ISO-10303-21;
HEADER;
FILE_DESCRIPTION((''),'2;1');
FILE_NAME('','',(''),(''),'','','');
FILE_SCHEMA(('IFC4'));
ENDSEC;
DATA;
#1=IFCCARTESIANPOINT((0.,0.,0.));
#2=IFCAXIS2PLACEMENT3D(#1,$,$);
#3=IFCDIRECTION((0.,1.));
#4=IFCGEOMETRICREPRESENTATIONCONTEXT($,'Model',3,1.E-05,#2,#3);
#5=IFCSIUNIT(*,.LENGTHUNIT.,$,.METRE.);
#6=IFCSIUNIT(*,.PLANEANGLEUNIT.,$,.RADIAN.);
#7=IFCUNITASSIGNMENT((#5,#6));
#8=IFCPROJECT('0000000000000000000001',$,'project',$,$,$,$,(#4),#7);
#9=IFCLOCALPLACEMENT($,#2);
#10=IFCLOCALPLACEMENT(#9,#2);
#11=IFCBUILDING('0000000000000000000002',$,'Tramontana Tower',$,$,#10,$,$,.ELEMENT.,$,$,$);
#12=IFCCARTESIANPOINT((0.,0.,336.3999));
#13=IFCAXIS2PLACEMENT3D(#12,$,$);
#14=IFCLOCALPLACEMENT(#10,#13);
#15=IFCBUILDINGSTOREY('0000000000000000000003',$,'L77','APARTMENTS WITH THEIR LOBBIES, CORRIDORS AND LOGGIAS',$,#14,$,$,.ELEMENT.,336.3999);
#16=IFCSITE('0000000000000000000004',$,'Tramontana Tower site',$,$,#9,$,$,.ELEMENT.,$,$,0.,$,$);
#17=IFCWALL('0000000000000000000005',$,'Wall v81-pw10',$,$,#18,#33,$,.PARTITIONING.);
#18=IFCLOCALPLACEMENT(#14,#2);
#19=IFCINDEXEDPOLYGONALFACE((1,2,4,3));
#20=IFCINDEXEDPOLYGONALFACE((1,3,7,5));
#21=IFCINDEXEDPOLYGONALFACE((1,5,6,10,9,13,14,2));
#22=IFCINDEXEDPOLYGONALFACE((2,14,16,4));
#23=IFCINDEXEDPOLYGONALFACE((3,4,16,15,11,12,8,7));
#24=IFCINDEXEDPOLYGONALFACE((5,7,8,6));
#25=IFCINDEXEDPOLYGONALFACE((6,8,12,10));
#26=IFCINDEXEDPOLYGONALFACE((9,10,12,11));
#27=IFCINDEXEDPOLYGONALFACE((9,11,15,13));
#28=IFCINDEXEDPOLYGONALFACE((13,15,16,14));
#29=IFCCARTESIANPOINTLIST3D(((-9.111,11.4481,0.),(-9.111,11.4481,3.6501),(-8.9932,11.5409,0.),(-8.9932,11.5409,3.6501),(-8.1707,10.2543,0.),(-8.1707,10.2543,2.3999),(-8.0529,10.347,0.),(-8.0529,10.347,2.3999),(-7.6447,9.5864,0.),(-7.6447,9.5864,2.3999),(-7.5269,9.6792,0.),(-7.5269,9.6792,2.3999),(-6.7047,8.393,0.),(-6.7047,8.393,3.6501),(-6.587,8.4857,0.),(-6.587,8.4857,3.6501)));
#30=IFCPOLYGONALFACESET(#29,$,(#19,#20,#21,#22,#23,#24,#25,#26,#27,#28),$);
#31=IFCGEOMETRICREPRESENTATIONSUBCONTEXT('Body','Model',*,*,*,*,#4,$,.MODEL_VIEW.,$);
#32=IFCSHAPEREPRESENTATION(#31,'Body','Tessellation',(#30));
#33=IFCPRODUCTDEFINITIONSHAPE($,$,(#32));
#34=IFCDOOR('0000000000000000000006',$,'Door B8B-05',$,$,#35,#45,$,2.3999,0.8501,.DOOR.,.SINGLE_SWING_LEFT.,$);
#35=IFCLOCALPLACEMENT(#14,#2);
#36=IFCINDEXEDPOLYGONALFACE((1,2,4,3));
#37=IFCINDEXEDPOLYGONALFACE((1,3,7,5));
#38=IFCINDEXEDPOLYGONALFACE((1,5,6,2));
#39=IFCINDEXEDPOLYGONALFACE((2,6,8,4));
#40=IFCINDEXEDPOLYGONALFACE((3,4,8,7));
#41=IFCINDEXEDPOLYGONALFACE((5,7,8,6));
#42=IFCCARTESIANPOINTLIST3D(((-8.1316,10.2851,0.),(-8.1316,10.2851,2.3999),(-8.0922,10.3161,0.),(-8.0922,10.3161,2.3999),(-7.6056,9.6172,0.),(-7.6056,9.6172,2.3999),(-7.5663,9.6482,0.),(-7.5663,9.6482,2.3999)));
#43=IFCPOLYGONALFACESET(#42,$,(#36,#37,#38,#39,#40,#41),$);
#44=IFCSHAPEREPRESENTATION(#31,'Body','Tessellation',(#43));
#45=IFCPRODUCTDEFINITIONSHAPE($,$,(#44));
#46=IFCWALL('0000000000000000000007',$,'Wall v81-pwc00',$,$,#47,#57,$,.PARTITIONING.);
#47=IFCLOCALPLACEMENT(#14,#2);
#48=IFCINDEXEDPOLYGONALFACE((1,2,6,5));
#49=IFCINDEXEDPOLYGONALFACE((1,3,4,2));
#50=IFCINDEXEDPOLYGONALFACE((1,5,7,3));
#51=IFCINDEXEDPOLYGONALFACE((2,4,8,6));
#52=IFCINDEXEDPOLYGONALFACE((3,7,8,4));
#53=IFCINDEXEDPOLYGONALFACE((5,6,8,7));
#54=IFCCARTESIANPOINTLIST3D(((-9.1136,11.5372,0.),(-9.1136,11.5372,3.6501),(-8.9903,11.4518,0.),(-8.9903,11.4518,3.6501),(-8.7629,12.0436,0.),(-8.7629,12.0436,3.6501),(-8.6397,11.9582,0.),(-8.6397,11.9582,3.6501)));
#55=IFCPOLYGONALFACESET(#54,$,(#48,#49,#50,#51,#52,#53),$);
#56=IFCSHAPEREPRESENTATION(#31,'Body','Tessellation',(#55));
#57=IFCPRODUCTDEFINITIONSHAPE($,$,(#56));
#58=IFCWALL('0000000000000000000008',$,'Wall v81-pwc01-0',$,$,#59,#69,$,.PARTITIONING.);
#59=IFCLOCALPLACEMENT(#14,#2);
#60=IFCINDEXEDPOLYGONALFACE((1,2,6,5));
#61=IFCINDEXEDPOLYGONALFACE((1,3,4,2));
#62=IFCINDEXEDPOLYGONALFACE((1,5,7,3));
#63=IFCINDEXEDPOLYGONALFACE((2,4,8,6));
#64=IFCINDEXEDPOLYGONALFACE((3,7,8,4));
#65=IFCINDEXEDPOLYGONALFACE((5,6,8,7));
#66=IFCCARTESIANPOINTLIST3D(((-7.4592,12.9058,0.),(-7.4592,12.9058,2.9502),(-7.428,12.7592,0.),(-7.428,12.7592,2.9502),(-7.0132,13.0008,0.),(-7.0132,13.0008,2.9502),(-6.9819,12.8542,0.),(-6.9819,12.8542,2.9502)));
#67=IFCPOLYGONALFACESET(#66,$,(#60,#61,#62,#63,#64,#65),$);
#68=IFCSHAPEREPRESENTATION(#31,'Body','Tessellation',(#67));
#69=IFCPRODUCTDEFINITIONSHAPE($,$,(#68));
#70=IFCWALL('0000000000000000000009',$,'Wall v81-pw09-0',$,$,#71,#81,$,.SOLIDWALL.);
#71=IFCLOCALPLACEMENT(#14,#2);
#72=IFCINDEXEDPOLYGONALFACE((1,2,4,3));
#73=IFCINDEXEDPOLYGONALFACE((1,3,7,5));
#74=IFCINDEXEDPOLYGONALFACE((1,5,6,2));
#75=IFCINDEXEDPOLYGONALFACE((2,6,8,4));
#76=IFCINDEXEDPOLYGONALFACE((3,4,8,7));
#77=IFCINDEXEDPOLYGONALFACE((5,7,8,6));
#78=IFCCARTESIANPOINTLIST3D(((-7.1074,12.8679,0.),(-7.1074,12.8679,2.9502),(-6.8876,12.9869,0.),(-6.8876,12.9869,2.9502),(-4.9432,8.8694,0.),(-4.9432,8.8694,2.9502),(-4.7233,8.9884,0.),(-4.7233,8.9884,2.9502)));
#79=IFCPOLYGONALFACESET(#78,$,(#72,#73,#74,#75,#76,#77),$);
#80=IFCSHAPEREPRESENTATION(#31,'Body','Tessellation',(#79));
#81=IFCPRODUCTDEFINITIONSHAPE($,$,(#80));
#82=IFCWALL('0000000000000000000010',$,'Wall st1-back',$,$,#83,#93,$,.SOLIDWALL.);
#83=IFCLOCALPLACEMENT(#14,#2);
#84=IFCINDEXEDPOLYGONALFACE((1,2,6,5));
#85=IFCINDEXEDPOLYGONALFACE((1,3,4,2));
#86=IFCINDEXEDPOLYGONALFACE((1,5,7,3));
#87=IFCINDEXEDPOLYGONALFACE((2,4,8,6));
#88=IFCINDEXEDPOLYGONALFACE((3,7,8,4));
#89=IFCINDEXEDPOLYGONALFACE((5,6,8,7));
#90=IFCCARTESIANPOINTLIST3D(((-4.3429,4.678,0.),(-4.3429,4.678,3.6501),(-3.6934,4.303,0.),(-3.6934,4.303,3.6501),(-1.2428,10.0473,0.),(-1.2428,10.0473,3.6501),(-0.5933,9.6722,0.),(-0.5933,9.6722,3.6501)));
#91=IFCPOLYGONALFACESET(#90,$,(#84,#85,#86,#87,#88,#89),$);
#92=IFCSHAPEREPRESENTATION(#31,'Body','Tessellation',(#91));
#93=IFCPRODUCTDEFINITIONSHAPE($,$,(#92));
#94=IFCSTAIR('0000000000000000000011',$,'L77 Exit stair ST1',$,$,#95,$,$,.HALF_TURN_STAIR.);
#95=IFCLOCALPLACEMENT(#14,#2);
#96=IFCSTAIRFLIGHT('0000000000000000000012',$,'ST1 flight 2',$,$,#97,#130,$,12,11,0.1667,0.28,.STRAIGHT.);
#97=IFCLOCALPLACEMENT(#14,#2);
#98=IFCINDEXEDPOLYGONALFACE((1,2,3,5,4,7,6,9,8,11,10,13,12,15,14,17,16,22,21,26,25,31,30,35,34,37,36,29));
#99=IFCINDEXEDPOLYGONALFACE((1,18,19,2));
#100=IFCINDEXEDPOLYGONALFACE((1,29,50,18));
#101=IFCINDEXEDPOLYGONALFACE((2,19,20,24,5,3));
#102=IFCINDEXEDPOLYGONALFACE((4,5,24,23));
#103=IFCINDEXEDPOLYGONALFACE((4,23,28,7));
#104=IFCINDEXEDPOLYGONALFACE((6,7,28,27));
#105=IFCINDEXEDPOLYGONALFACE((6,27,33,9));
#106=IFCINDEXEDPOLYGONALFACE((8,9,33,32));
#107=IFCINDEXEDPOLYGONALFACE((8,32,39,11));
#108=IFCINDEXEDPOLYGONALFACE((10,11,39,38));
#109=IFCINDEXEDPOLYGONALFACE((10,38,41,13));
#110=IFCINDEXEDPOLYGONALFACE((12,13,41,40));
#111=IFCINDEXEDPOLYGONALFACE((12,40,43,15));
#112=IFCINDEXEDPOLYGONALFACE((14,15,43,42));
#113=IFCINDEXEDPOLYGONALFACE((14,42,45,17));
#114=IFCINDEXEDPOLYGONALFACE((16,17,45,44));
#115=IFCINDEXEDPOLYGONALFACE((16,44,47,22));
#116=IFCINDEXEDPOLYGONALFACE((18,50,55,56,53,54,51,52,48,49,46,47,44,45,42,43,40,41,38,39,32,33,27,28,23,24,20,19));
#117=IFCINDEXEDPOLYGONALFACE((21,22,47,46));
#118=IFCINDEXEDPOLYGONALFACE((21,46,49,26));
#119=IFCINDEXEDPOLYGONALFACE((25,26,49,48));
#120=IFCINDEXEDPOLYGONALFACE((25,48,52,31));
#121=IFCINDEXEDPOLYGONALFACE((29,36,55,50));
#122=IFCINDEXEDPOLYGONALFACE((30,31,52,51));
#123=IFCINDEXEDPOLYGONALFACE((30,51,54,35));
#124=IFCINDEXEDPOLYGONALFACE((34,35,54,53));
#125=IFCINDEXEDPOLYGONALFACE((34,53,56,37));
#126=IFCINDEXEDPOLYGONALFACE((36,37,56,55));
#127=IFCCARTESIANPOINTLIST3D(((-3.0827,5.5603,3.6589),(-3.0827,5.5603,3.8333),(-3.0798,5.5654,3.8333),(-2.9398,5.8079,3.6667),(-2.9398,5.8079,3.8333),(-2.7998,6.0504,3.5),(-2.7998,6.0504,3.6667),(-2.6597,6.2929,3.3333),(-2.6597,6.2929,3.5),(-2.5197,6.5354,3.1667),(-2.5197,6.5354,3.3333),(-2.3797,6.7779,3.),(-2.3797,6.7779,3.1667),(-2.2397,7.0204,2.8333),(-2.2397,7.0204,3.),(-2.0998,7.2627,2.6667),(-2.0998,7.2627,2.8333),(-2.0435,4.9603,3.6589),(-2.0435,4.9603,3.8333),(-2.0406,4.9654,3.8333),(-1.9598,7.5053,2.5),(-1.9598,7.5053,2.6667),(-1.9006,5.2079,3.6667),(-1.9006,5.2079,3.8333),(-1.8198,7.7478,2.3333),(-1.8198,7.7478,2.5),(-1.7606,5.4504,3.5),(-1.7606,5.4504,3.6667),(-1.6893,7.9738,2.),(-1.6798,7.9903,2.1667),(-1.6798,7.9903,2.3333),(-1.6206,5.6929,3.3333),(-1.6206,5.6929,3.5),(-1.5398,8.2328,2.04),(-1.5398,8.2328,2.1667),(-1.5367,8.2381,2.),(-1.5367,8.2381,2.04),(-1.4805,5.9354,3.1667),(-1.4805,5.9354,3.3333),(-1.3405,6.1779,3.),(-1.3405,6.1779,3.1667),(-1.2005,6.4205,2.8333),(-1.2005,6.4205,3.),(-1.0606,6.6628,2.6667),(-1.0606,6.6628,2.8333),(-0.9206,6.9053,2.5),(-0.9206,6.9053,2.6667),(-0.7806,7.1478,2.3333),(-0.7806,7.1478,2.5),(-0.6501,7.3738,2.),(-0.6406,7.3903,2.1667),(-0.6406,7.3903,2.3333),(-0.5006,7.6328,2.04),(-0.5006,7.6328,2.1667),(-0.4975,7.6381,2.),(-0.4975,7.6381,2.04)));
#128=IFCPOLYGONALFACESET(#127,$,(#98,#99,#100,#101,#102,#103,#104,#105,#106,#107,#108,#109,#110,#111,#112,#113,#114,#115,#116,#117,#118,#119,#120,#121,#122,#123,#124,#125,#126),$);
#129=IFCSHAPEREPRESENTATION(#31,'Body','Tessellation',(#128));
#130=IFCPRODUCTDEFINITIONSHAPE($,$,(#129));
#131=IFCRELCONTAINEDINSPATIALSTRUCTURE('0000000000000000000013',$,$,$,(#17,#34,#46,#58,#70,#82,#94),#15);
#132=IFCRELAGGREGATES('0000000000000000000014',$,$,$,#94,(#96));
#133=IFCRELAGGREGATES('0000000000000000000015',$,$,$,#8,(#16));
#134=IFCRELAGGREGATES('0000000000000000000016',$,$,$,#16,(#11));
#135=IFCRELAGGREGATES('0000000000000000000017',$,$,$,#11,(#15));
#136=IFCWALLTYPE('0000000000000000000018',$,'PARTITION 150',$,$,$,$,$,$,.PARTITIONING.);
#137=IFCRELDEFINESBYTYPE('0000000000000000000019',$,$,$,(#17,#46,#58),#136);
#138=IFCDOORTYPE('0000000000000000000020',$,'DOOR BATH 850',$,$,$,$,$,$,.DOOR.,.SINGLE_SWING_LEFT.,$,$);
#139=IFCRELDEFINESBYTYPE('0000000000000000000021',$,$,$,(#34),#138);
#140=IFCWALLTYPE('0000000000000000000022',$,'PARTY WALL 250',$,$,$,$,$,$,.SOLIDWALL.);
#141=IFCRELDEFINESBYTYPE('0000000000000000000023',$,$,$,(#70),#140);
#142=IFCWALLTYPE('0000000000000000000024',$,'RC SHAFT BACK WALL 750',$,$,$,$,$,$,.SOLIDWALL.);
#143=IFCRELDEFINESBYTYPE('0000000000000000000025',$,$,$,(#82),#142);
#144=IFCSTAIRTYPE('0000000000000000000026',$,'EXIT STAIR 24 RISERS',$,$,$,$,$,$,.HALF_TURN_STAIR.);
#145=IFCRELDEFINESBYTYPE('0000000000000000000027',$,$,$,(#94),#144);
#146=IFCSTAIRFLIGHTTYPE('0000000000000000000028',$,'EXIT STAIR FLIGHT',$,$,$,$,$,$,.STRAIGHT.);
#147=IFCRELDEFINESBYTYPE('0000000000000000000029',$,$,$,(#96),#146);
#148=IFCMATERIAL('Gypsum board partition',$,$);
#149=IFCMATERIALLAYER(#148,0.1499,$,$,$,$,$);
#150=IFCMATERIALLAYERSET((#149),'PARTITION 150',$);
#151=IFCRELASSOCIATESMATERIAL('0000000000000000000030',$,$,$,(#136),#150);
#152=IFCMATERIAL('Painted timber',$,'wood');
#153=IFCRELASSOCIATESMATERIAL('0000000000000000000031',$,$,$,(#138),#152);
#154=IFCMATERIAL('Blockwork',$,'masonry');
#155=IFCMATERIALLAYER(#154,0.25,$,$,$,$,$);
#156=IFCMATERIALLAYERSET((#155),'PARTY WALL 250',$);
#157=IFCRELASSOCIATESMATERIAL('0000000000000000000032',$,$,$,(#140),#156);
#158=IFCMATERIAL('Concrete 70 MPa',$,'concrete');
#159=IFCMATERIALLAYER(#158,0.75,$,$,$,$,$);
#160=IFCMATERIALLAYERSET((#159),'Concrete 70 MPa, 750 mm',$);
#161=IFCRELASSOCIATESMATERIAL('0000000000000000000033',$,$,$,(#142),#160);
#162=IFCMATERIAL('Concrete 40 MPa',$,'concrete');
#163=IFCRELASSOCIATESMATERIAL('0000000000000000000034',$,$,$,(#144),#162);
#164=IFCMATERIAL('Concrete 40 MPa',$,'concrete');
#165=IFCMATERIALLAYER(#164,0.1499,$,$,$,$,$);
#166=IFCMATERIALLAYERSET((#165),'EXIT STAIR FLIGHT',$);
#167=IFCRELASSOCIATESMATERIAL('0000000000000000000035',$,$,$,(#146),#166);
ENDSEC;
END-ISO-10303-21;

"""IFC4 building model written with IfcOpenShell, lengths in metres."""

from ifc_helpers import new_model, si_unit, direction, frame, frame_2d, origin, place, context, subcontext, project, spatial, polyline, rectangle, outline, extrude, material, layer, layer_set, type_object, element, fill, aggregate, save


model = new_model("IFC4")

# Units and contexts
model_context = context("Model", 3, precision=1e-05, world=origin(), true_north=direction((0.0, 1.0)))
body_context = subcontext(model_context, "Body", "Model", "MODEL_VIEW")
ifc_project = project(units=[si_unit("LENGTHUNIT", "METRE"), si_unit("PLANEANGLEUNIT", "RADIAN")], contexts=[model_context])

# Site, building, storey
site_placement = place(None, origin())
site = spatial("IfcSite", under=ifc_project, at=site_placement, Name="Tramontana Tower site", CompositionType="ELEMENT", RefElevation=0.0)
building_placement = place(site_placement, origin())
building = spatial("IfcBuilding", under=site, at=building_placement, Name="Tramontana Tower", CompositionType="ELEMENT")
storey_placement = place(building_placement, frame((0.0, 0.0, 336.3999)))
storey = spatial("IfcBuildingStorey", under=building, at=storey_placement, Name="L77", Description="APARTMENTS WITH THEIR LOBBIES, CORRIDORS AND LOGGIAS", CompositionType="ELEMENT", Elevation=336.3999)

# Shared definitions
ifc_material_1 = material(Name="Gypsum board partition")
ifc_layer_1 = layer(ifc_material_1, 0.1499)
ifc_layer_set_1 = layer_set([ifc_layer_1], Name="PARTITION 150")
wall_type_1 = type_object("IfcWallType", Name="PARTITION 150", PredefinedType="PARTITIONING", material=ifc_layer_set_1)

# Wall, opening, door
wall_1_placement = place(storey_placement, frame((-9.052, 11.4944, 0.0), z_axis=(0.0, 0.0, 1.0), x_axis=(0.618736, -0.785599, 0.0)))
wall_1 = element("IfcWall", 1, at=wall_1_placement, inside=storey, type_object=wall_type_1, Name="Wall v81-pw10", PredefinedType="PARTITIONING", context=body_context, shape_type="SweptSolid", body=[
    extrude(rectangle(XDim=3.8889, YDim=0.1499, at=frame_2d((1.9443, 0.0))), origin(), (0.0, 0.0, 1.0), 3.6501),
])
opening_1_placement = place(wall_1_placement, frame((1.5195, 0.0, 0.0)))
opening_1 = element("IfcOpeningElement", 2, at=opening_1_placement, cuts=wall_1, PredefinedType="OPENING", context=body_context, shape_type="SweptSolid", body=[
    extrude(rectangle(XDim=0.8501, YDim=2.3999, at=frame_2d((0.425, 1.2))), frame((0.0, 0.085, 0.0), z_axis=(0.0, -1.0, 0.0), x_axis=(1.0, 0.0, 0.0)), (0.0, 0.0, 1.0), 0.1699),
])
ifc_material_2 = material(Name="Painted timber", Category="wood")
door_type_1 = type_object("IfcDoorType", Name="DOOR BATH 850", OperationType="SINGLE_SWING_LEFT", PredefinedType="DOOR", material=ifc_material_2)
door_1_placement = place(opening_1_placement, origin())
door_1 = element("IfcDoor", 3, at=door_1_placement, inside=storey, type_object=door_type_1, Name="Door B8B-05", OperationType="SINGLE_SWING_LEFT", OverallHeight=2.3999, OverallWidth=0.8501, PredefinedType="DOOR", context=body_context, shape_type="SweptSolid", body=[
    extrude(rectangle(XDim=0.8501, YDim=2.3999, at=frame_2d((0.425, 1.2))), frame((0.0, 0.0249, 0.0), z_axis=(0.0, -1.0, 0.0), x_axis=(1.0, 0.0, 0.0)), (0.0, 0.0, 1.0), 0.05),
])
fill(opening_1, door_1)

# Walls
wall_2_placement = place(storey_placement, frame((-9.052, 11.4944, 0.0), z_axis=(0.0, 0.0, 1.0), x_axis=(0.569251, 0.822164, 0.0)))
element("IfcWall", 4, at=wall_2_placement, inside=storey, type_object=wall_type_1, Name="Wall v81-pwc00", PredefinedType="PARTITIONING", context=body_context, shape_type="SweptSolid", body=[
    extrude(rectangle(XDim=0.616, YDim=0.1499, at=frame_2d((0.3081, 0.0))), origin(), (0.0, 0.0, 1.0), 3.6501),
])
wall_3_placement = place(storey_placement, frame((-7.4436, 12.8325, 0.0), z_axis=(0.0, 0.0, 1.0), x_axis=(0.978076, 0.208249, 0.0)))
element("IfcWall", 5, at=wall_3_placement, inside=storey, type_object=wall_type_1, Name="Wall v81-pwc01-0", PredefinedType="PARTITIONING", context=body_context, shape_type="SweptSolid", body=[
    extrude(rectangle(XDim=0.4561, YDim=0.1499, at=frame_2d((0.228, 0.0))), origin(), (0.0, 0.0, 1.0), 2.9502),
])
ifc_material_3 = material(Name="Blockwork", Category="masonry")
ifc_layer_2 = layer(ifc_material_3, 0.25)
ifc_layer_set_2 = layer_set([ifc_layer_2], Name="PARTY WALL 250")
wall_type_2 = type_object("IfcWallType", Name="PARTY WALL 250", PredefinedType="SOLIDWALL", material=ifc_layer_set_2)
wall_4_placement = place(storey_placement, frame((-6.9976, 12.9275, 0.0), z_axis=(0.0, 0.0, 1.0), x_axis=(0.476017, -0.879436, 0.0)))
element("IfcWall", 6, at=wall_4_placement, inside=storey, type_object=wall_type_2, Name="Wall v81-pw09-0", PredefinedType="SOLIDWALL", context=body_context, shape_type="SweptSolid", body=[
    extrude(rectangle(XDim=4.5466, YDim=0.25, at=frame_2d((2.2734, 0.0))), origin(), (0.0, 0.0, 1.0), 2.9502),
])
ifc_material_4 = material(Name="Concrete 70 MPa", Category="concrete")
ifc_layer_3 = layer(ifc_material_4, 0.75)
ifc_layer_set_3 = layer_set([ifc_layer_3], Name="Concrete 70 MPa, 750 mm")
wall_type_3 = type_object("IfcWallType", Name="RC SHAFT BACK WALL 750", PredefinedType="SOLIDWALL", material=ifc_layer_set_3)
wall_5_placement = place(storey_placement, frame((-0.918, 9.8599, 0.0), z_axis=(0.0, 0.0, 1.0), x_axis=(-0.500027, -0.86601, 0.0)))
element("IfcWall", 7, at=wall_5_placement, inside=storey, type_object=wall_type_3, Name="Wall st1-back", PredefinedType="SOLIDWALL", context=body_context, shape_type="SweptSolid", body=[
    extrude(rectangle(XDim=6.2, YDim=0.75, at=frame_2d((3.1001, 0.0))), origin(), (0.0, 0.0, 1.0), 3.6501),
])

# Stair, stair flight
ifc_material_5 = material(Name="Concrete 40 MPa", Category="concrete")
stair_type = type_object("IfcStairType", Name="EXIT STAIR 24 RISERS", PredefinedType="HALF_TURN_STAIR", material=ifc_material_5)
stair_placement = place(storey_placement, origin())
stair = element("IfcStair", 8, at=stair_placement, inside=storey, type_object=stair_type, Name="L77 Exit stair ST1", PredefinedType="HALF_TURN_STAIR")
ifc_material_6 = material(Name="Concrete 40 MPa", Category="concrete")
ifc_layer_4 = layer(ifc_material_6, 0.1499)
ifc_layer_set_4 = layer_set([ifc_layer_4], Name="EXIT STAIR FLIGHT")
stair_flight_type = type_object("IfcStairFlightType", Name="EXIT STAIR FLIGHT", PredefinedType="STRAIGHT", material=ifc_layer_set_4)
stair_flight_placement = place(storey_placement, frame((-1.0203, 7.9329, 2.0), z_axis=(0.0, 0.0, 1.0), x_axis=(-0.5, -0.866025, 0.0)))
stair_flight = element("IfcStairFlight", 9, at=stair_flight_placement, type_object=stair_flight_type, Name="ST1 flight 2", NumberOfRisers=12, NumberOfTreads=11, PredefinedType="STRAIGHT", RiserHeight=0.1667, TreadLength=0.28, context=body_context, shape_type="SweptSolid", body=[
    extrude(outline(polyline([(-0.0061, 0.0), (-0.0061, 0.04), (0.0, 0.04), (0.0, 0.1667), (0.28, 0.1667), (0.28, 0.3333), (0.5601, 0.3333), (0.5601, 0.5), (0.8401, 0.5), (0.8401, 0.6667), (1.1201, 0.6667), (1.1201, 0.8333), (1.3999, 0.8333), (1.3999, 1.0), (1.6799, 1.0), (1.6799, 1.1667), (1.96, 1.1667), (1.96, 1.3333), (2.24, 1.3333), (2.24, 1.5), (2.52, 1.5), (2.52, 1.6667), (2.8, 1.6667), (2.8, 1.8333), (3.0801, 1.8333), (3.0859, 1.8333), (3.0859, 1.6589), (0.2991, 0.0), (-0.0061, 0.0)])), frame((0.0, 0.6001, 0.0), z_axis=(0.0, -1.0, 0.0), x_axis=(1.0, 0.0, 0.0)), (0.0, 0.0, 1.0), 1.2),
])
aggregate(stair, [stair_flight])

save(model, "model.ifc")
